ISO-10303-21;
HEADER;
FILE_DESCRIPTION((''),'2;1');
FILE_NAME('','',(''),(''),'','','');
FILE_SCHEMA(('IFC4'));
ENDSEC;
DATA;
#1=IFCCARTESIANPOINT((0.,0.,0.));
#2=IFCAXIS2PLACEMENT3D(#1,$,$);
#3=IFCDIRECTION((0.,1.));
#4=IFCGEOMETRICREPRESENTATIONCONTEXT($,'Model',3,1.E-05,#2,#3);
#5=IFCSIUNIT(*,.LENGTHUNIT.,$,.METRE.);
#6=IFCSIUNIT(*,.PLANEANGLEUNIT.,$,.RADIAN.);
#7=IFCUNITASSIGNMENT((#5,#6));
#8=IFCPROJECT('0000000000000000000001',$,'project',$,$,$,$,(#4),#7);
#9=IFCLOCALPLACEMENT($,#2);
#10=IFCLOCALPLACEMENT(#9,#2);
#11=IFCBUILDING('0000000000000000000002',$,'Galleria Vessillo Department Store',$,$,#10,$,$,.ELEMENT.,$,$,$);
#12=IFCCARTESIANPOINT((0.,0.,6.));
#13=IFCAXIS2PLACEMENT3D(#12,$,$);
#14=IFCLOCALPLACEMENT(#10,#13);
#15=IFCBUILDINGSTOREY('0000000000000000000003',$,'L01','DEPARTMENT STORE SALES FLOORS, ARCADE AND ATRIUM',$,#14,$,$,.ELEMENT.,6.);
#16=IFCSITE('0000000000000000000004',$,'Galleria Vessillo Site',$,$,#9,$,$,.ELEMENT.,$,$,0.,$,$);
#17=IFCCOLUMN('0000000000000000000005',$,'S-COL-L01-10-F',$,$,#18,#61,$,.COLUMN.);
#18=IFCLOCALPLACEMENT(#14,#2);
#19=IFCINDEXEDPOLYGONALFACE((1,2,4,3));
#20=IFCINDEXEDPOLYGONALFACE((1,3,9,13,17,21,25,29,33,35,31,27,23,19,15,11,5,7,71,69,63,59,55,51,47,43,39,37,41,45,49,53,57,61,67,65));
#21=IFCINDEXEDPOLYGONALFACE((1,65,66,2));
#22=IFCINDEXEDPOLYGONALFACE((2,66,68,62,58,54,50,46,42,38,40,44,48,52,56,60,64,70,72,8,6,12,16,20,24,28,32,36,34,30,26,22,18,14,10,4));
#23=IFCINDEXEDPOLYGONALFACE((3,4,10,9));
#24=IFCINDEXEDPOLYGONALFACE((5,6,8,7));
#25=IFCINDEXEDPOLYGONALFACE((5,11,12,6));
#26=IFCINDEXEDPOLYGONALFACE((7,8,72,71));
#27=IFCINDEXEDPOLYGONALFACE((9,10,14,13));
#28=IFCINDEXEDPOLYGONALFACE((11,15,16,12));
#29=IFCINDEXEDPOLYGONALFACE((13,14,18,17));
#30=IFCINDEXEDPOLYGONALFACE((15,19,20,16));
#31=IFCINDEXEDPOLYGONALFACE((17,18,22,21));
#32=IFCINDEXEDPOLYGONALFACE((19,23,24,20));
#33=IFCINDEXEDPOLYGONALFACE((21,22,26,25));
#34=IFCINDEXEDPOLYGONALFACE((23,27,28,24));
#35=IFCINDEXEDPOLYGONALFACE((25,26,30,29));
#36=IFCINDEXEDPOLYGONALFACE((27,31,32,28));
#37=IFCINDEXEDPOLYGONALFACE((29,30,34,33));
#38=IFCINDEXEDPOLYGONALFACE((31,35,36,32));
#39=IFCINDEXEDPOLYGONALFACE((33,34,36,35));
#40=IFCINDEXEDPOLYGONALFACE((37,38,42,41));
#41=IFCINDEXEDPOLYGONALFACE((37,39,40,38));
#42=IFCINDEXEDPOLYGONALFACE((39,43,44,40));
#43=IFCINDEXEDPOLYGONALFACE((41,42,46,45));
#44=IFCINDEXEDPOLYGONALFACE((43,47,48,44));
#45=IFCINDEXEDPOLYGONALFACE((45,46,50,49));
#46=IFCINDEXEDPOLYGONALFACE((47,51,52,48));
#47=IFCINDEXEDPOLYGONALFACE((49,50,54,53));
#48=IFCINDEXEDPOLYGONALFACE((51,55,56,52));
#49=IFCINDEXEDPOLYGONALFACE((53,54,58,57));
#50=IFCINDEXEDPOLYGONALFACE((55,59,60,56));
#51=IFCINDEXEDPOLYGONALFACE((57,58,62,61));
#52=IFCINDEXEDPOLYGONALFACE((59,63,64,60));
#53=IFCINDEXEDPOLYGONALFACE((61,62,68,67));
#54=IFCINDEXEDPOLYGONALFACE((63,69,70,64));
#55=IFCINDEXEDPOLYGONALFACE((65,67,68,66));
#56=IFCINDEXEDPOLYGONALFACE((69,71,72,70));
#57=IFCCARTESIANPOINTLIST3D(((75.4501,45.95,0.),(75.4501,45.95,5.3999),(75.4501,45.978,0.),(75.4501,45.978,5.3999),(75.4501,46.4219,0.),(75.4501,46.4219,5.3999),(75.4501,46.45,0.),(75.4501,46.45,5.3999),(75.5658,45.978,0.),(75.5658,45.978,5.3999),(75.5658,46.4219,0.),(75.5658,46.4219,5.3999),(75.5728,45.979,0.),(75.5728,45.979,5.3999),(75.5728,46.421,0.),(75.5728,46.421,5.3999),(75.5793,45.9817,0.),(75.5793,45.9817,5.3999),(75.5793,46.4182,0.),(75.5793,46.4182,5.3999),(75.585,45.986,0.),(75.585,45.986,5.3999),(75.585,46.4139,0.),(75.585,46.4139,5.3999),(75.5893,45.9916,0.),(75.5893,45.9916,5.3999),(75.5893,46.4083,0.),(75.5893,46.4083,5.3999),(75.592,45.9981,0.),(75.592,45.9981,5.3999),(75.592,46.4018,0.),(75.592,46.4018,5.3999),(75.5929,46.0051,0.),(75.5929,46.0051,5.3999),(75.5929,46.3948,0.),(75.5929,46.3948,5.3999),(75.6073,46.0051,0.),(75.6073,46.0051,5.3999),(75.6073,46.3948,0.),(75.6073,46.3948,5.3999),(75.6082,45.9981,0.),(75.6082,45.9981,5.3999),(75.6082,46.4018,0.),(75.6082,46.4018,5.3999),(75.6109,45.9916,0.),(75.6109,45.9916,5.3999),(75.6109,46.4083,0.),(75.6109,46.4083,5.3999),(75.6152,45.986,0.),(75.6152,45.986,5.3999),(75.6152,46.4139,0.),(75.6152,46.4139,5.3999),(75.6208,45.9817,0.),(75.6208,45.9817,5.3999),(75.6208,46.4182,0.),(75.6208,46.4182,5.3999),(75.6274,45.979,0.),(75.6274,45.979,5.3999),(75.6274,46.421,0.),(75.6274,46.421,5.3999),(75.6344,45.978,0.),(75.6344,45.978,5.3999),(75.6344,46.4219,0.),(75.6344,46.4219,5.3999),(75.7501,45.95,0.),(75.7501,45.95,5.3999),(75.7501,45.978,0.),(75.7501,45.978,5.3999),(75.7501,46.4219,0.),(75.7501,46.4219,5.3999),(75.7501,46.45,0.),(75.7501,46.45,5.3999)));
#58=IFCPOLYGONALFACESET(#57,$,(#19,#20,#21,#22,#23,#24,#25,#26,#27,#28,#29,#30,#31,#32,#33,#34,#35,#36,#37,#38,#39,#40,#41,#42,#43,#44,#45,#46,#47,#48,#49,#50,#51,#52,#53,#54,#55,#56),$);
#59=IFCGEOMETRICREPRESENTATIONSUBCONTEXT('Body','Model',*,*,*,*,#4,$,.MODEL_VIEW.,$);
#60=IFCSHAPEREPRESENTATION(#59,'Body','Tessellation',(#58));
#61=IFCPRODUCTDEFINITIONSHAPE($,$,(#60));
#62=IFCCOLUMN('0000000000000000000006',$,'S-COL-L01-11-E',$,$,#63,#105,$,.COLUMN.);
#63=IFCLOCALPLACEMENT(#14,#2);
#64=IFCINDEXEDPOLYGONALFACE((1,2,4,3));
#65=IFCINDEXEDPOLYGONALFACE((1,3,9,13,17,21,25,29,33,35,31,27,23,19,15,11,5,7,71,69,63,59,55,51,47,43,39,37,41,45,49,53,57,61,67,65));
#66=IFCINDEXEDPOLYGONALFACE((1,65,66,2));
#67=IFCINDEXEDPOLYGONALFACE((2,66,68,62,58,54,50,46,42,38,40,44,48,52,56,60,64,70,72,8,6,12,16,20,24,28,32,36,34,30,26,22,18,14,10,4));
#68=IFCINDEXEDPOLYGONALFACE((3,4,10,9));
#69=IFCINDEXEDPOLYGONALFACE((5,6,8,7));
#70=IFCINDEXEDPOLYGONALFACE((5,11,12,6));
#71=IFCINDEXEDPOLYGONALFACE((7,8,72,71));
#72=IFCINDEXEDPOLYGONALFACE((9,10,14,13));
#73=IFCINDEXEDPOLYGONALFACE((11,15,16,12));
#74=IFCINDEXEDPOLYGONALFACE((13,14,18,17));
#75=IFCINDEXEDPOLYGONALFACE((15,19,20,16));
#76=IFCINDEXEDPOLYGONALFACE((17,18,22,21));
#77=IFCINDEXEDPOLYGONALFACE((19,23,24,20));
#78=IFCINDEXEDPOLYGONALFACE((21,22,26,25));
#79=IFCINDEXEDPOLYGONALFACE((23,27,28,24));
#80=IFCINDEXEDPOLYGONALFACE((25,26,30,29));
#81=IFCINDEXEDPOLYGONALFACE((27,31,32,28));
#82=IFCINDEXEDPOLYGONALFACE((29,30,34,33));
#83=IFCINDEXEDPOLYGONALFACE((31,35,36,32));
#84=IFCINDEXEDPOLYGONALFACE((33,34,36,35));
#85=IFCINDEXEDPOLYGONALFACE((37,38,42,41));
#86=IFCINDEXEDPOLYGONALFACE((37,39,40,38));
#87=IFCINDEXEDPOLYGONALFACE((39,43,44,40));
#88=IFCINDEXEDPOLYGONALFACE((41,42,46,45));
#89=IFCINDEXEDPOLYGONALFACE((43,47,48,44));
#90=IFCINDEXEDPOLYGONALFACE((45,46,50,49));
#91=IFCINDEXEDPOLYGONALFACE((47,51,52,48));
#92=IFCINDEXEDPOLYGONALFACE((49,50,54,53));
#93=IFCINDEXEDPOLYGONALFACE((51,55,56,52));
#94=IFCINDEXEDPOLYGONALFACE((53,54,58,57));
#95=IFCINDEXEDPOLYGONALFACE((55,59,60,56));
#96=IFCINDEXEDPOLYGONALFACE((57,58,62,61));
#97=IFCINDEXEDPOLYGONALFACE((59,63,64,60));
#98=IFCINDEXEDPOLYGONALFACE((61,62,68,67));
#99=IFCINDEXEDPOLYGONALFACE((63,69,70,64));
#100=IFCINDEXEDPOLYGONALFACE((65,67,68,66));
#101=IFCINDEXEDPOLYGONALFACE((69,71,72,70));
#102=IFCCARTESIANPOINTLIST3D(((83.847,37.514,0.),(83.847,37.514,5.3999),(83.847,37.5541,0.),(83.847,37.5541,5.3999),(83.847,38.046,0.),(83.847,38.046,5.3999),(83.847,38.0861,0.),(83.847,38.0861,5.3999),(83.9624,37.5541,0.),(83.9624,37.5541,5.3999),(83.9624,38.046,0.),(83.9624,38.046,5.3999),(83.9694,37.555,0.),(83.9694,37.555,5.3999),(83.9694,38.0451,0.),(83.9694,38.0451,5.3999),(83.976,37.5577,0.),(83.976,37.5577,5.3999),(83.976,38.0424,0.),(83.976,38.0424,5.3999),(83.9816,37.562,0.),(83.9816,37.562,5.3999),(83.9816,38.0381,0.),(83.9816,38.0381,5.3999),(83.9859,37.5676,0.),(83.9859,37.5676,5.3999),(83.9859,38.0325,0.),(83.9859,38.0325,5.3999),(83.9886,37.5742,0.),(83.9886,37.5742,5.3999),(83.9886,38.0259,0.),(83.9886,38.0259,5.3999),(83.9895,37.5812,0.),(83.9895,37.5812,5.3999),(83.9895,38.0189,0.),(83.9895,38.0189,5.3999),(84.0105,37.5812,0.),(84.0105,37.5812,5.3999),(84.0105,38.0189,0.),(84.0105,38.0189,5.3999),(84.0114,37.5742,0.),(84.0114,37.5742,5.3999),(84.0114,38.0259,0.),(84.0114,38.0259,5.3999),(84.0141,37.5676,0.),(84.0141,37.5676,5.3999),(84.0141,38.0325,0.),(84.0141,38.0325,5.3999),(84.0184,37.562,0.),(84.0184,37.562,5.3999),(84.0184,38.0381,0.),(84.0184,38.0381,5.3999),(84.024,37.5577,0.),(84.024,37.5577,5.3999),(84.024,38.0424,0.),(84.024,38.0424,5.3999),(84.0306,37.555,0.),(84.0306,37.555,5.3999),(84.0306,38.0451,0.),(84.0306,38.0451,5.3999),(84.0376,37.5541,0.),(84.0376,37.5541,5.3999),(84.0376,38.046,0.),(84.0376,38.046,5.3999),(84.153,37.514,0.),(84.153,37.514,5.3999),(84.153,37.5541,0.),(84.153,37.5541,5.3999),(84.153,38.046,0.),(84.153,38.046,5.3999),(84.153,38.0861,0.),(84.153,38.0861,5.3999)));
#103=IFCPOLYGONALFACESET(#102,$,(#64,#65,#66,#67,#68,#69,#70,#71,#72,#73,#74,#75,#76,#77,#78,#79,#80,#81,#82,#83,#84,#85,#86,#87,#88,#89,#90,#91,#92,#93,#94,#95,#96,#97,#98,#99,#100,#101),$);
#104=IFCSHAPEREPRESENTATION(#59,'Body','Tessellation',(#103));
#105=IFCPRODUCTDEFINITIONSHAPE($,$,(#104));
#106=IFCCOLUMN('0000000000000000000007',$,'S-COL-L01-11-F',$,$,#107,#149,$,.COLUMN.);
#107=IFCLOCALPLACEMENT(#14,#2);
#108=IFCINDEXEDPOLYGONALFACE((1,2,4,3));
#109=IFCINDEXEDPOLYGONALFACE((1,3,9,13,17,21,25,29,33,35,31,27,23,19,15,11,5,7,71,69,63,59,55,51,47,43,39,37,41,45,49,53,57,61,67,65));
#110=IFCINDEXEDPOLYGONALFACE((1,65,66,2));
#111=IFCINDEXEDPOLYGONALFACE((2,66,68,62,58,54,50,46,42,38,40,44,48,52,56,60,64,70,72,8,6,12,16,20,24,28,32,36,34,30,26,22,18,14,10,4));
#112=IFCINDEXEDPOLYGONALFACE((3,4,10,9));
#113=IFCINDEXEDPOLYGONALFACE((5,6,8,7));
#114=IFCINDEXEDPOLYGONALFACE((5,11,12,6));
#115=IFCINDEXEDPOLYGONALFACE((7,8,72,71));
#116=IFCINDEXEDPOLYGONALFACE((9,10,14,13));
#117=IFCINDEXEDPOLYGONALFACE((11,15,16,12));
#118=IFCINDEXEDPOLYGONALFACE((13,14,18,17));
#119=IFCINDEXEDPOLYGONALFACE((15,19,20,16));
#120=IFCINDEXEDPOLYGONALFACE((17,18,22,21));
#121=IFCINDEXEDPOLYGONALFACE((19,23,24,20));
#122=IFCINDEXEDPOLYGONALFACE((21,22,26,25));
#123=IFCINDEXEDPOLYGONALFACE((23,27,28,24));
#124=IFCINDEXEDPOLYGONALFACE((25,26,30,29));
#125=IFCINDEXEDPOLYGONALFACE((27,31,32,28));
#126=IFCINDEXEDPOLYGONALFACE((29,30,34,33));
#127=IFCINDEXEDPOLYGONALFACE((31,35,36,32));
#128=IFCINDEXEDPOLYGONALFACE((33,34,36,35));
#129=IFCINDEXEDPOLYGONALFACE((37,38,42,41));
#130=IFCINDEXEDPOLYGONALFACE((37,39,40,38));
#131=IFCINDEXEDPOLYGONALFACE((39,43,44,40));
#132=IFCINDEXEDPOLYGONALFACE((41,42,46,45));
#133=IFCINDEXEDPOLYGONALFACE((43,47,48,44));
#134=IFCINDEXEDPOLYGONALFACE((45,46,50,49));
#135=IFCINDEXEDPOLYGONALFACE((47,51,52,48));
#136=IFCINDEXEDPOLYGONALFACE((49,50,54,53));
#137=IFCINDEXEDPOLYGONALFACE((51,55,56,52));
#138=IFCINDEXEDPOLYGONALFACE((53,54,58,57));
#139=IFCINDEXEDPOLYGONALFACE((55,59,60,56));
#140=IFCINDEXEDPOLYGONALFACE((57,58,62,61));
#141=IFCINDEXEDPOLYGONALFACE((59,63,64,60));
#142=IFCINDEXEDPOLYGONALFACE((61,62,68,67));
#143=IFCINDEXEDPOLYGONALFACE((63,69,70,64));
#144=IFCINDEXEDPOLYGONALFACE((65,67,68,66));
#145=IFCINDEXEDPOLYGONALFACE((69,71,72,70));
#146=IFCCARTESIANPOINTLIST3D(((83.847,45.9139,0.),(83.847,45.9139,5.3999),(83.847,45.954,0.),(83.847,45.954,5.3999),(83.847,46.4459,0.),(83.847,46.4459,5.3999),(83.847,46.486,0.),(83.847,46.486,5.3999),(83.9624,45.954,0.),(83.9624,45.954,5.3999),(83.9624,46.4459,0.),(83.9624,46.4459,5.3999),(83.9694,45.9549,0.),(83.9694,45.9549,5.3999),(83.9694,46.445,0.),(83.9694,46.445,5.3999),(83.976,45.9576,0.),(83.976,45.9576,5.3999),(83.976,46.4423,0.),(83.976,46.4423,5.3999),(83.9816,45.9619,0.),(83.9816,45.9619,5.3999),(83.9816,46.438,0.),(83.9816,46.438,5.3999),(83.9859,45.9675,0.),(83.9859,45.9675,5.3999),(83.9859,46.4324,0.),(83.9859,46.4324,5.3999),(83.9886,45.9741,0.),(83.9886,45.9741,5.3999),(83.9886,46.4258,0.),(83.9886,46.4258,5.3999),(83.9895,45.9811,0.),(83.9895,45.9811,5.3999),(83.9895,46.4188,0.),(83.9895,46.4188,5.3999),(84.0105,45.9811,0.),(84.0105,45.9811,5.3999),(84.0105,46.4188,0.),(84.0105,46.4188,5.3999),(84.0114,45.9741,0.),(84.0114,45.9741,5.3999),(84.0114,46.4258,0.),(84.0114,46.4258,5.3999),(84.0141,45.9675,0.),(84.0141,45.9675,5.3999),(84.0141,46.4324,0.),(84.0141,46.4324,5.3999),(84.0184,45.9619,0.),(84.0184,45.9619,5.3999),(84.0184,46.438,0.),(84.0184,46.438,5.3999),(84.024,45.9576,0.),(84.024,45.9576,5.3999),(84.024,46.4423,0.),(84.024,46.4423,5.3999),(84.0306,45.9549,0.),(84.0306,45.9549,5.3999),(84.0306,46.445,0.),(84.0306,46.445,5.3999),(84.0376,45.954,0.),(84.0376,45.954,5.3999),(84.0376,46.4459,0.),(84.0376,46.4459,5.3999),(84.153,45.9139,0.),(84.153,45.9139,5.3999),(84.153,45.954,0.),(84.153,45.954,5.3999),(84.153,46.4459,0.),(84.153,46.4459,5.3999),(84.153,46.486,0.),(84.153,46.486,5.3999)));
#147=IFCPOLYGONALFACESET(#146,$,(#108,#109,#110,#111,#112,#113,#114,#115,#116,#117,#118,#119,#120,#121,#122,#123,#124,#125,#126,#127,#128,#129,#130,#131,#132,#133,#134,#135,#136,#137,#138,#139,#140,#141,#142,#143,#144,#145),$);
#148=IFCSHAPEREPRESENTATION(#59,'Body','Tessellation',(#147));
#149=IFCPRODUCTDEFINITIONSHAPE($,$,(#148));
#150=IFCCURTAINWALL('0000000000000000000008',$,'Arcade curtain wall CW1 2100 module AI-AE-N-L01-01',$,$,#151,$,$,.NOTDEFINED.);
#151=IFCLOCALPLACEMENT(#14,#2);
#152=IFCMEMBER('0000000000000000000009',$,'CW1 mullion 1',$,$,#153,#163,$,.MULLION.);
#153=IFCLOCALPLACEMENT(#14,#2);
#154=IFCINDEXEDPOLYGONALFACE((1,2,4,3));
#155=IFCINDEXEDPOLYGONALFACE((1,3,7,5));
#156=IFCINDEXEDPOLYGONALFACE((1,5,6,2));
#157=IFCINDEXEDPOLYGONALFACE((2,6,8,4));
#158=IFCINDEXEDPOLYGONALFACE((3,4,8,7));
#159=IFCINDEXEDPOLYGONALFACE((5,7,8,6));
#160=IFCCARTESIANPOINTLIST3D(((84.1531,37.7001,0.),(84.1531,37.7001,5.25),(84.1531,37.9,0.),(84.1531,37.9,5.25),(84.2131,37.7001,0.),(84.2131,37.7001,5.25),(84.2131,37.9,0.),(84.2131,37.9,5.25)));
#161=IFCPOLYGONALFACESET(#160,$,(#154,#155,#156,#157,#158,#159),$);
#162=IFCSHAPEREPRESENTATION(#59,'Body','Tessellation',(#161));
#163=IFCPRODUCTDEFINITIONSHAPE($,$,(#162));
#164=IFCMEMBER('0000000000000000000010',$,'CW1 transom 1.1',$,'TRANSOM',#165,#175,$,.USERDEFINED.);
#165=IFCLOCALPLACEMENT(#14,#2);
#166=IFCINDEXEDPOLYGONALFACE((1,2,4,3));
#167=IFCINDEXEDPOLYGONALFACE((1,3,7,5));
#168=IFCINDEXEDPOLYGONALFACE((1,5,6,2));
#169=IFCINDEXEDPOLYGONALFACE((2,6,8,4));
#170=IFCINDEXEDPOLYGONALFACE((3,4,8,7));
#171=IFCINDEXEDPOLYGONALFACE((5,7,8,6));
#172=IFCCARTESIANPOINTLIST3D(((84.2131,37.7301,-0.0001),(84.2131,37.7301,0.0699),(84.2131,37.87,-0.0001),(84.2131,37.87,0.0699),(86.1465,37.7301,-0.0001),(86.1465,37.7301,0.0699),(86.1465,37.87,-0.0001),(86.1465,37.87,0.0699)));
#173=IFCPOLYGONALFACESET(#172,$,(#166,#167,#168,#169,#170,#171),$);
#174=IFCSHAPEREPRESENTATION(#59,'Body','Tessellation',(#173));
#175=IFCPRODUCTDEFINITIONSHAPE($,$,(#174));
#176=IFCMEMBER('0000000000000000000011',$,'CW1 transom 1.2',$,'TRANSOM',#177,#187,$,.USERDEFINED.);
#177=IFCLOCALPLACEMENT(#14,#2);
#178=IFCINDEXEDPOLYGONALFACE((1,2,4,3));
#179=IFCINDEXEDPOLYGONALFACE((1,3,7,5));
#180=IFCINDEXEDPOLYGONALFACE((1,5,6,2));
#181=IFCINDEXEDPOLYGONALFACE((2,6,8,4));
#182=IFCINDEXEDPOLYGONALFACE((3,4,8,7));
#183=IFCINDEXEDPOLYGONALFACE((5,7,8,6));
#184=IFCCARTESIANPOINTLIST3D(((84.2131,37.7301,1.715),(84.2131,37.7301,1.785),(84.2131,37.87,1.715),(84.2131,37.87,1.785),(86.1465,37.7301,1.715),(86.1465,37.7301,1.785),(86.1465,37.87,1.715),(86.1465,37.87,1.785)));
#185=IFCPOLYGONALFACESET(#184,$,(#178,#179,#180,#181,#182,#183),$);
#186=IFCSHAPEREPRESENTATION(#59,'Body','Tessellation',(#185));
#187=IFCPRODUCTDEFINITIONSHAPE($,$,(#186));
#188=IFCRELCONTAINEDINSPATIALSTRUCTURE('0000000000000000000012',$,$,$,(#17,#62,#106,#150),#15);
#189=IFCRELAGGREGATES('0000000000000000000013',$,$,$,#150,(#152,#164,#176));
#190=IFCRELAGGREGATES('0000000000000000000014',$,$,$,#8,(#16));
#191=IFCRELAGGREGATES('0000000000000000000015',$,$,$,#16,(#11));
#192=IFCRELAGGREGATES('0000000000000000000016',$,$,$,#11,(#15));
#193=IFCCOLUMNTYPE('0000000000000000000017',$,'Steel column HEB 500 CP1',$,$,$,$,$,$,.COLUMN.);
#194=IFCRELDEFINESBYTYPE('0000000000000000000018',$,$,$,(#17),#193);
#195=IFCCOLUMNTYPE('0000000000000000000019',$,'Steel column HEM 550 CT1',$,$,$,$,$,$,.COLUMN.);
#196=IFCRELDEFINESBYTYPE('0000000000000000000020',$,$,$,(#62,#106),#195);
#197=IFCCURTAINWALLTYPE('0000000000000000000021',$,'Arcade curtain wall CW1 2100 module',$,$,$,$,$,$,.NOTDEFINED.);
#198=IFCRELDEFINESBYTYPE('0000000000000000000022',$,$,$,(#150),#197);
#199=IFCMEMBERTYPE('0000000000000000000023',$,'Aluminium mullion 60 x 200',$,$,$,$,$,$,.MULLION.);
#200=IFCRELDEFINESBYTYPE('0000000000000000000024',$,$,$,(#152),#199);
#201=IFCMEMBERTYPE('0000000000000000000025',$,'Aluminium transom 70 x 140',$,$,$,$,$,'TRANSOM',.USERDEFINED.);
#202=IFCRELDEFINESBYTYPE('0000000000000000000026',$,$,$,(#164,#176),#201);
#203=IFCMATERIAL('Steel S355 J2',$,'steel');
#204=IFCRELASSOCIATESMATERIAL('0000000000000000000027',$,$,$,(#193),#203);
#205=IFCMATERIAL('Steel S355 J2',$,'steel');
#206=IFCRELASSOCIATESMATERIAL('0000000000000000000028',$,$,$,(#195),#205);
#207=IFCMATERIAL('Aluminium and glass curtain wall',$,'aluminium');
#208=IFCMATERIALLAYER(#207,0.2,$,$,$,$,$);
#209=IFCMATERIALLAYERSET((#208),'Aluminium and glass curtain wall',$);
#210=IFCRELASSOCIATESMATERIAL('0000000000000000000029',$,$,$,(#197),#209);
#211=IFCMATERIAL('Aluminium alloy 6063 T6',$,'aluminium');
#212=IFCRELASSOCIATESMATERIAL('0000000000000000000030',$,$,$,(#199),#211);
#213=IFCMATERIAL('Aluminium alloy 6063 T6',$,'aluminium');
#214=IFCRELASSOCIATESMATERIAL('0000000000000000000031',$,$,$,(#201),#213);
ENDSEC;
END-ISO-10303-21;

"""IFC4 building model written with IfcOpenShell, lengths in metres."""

from ifc_helpers import new_model, si_unit, direction, frame, origin, origin_2d, place, context, subcontext, project, spatial, rectangle, i_section, extrude, material, layer, layer_set, material_profile, profile_set, type_object, element, aggregate, save


model = new_model("IFC4")

# Units and contexts
model_context = context("Model", 3, precision=1e-05, world=origin(), true_north=direction((0.0, 1.0)))
body_context = subcontext(model_context, "Body", "Model", "MODEL_VIEW")
ifc_project = project(units=[si_unit("LENGTHUNIT", "METRE"), si_unit("PLANEANGLEUNIT", "RADIAN")], contexts=[model_context])

# Site, building, storey
site_placement = place(None, origin())
site = spatial("IfcSite", under=ifc_project, at=site_placement, Name="Galleria Vessillo Site", CompositionType="ELEMENT", RefElevation=0.0)
building_placement = place(site_placement, origin())
building = spatial("IfcBuilding", under=site, at=building_placement, Name="Galleria Vessillo Department Store", CompositionType="ELEMENT")
storey_placement = place(building_placement, frame((0.0, 0.0, 6.0)))
storey = spatial("IfcBuildingStorey", under=building, at=storey_placement, Name="L01", Description="DEPARTMENT STORE SALES FLOORS, ARCADE AND ATRIUM", CompositionType="ELEMENT", Elevation=6.0)

# Columns
ifc_material_1 = material(Name="Steel S355 J2", Category="steel")
ifc_material_profile_1 = material_profile(ifc_material_1, i_section(OverallWidth=0.3, OverallDepth=0.5, WebThickness=0.0144, FlangeThickness=0.0281, FilletRadius=0.0271, at=origin_2d()), Name="HEB 500")
ifc_profile_set_1 = profile_set([ifc_material_profile_1], Name="Steel S355 J2")
column_type_1 = type_object("IfcColumnType", Name="Steel column HEB 500 CP1", PredefinedType="COLUMN", material=ifc_profile_set_1)
column_placement = place(storey_placement, frame((75.6001, 46.2, 0.0), z_axis=(0.0, 0.0, 1.0), x_axis=(1.0, 0.0, 0.0)))
element("IfcColumn", 1, at=column_placement, inside=storey, type_object=column_type_1, Name="S-COL-L01-10-F", PredefinedType="COLUMN", context=body_context, shape_type="SweptSolid", body=[
    extrude(i_section(OverallWidth=0.3, OverallDepth=0.5, WebThickness=0.0144, FlangeThickness=0.0281, FilletRadius=0.0271, at=origin_2d()), origin(), (0.0, 0.0, 1.0), 5.3999),
])
ifc_material_2 = material(Name="Steel S355 J2", Category="steel")
ifc_material_profile_2 = material_profile(ifc_material_2, i_section(OverallWidth=0.3059, OverallDepth=0.572, WebThickness=0.021, FlangeThickness=0.04, FilletRadius=0.0271, at=origin_2d()), Name="HEM 550")
ifc_profile_set_2 = profile_set([ifc_material_profile_2], Name="Steel S355 J2")
column_type_2 = type_object("IfcColumnType", Name="Steel column HEM 550 CT1", PredefinedType="COLUMN", material=ifc_profile_set_2)
for number, where, z_axis, x_axis, name in (
    (2, (84.0, 37.8, 0.0), (0.0, 0.0, 1.0), (1.0, 0.0, 0.0), "S-COL-L01-11-E"),
    (3, (84.0, 46.2, 0.0), (0.0, 0.0, 1.0), (1.0, 0.0, 0.0), "S-COL-L01-11-F"),
):
    element("IfcColumn", number, at=place(storey_placement, frame(where, z_axis=z_axis, x_axis=x_axis)), inside=storey, type_object=column_type_2, Name=name, PredefinedType="COLUMN", context=body_context, shape_type="SweptSolid", body=[
        extrude(i_section(OverallWidth=0.3059, OverallDepth=0.572, WebThickness=0.021, FlangeThickness=0.04, FilletRadius=0.0271, at=origin_2d()), origin(), (0.0, 0.0, 1.0), 5.3999),
    ])

# Curtain wall, members
ifc_material_3 = material(Name="Aluminium and glass curtain wall", Category="aluminium")
ifc_layer_1 = layer(ifc_material_3, 0.2)
ifc_layer_set_1 = layer_set([ifc_layer_1], Name="Aluminium and glass curtain wall")
curtain_wall_type = type_object("IfcCurtainWallType", Name="Arcade curtain wall CW1 2100 module", PredefinedType="NOTDEFINED", material=ifc_layer_set_1)
curtain_wall_placement = place(storey_placement, origin())
curtain_wall = element("IfcCurtainWall", 4, at=curtain_wall_placement, inside=storey, type_object=curtain_wall_type, Name="Arcade curtain wall CW1 2100 module AI-AE-N-L01-01", PredefinedType="NOTDEFINED")
ifc_material_4 = material(Name="Aluminium alloy 6063 T6", Category="aluminium")
ifc_material_profile_3 = material_profile(ifc_material_4, rectangle(XDim=0.2, YDim=0.0601, at=origin_2d()), Name="AL 60x200")
ifc_profile_set_3 = profile_set([ifc_material_profile_3], Name="Aluminium alloy 6063 T6")
member_type_1 = type_object("IfcMemberType", Name="Aluminium mullion 60 x 200", PredefinedType="MULLION", material=ifc_profile_set_3)
member_1_placement = place(storey_placement, frame((84.1831, 37.8, 0.0), z_axis=(0.0, 0.0, 1.0), x_axis=(0.0, 1.0, 0.0)))
member_1 = element("IfcMember", 5, at=member_1_placement, type_object=member_type_1, Name="CW1 mullion 1", PredefinedType="MULLION", context=body_context, shape_type="SweptSolid", body=[
    extrude(rectangle(XDim=0.2, YDim=0.0601, at=origin_2d()), origin(), (0.0, 0.0, 1.0), 5.25),
])
ifc_material_5 = material(Name="Aluminium alloy 6063 T6", Category="aluminium")
ifc_material_profile_4 = material_profile(ifc_material_5, rectangle(XDim=0.1399, YDim=0.0701, at=origin_2d()), Name="AL 70x140")
ifc_profile_set_4 = profile_set([ifc_material_profile_4], Name="Aluminium alloy 6063 T6")
member_type_2 = type_object("IfcMemberType", Name="Aluminium transom 70 x 140", ElementType="TRANSOM", PredefinedType="USERDEFINED", material=ifc_profile_set_4)
member_2_placement = place(storey_placement, frame((84.2131, 37.8, 0.0349), z_axis=(1.0, 0.0, 0.0), x_axis=(0.0, 1.0, 0.0)))
member_2 = element("IfcMember", 6, at=member_2_placement, type_object=member_type_2, Name="CW1 transom 1.1", ObjectType="TRANSOM", PredefinedType="USERDEFINED", context=body_context, shape_type="SweptSolid", body=[
    extrude(rectangle(XDim=0.1399, YDim=0.0701, at=origin_2d()), origin(), (0.0, 0.0, 1.0), 1.9333),
])
member_3_placement = place(storey_placement, frame((84.2131, 37.8, 1.75), z_axis=(1.0, 0.0, 0.0), x_axis=(0.0, 1.0, 0.0)))
member_3 = element("IfcMember", 7, at=member_3_placement, type_object=member_type_2, Name="CW1 transom 1.2", ObjectType="TRANSOM", PredefinedType="USERDEFINED", context=body_context, shape_type="SweptSolid", body=[
    extrude(rectangle(XDim=0.1399, YDim=0.0701, at=origin_2d()), origin(), (0.0, 0.0, 1.0), 1.9333),
])
aggregate(curtain_wall, [member_1, member_2, member_3])

save(model, "model.ifc")
